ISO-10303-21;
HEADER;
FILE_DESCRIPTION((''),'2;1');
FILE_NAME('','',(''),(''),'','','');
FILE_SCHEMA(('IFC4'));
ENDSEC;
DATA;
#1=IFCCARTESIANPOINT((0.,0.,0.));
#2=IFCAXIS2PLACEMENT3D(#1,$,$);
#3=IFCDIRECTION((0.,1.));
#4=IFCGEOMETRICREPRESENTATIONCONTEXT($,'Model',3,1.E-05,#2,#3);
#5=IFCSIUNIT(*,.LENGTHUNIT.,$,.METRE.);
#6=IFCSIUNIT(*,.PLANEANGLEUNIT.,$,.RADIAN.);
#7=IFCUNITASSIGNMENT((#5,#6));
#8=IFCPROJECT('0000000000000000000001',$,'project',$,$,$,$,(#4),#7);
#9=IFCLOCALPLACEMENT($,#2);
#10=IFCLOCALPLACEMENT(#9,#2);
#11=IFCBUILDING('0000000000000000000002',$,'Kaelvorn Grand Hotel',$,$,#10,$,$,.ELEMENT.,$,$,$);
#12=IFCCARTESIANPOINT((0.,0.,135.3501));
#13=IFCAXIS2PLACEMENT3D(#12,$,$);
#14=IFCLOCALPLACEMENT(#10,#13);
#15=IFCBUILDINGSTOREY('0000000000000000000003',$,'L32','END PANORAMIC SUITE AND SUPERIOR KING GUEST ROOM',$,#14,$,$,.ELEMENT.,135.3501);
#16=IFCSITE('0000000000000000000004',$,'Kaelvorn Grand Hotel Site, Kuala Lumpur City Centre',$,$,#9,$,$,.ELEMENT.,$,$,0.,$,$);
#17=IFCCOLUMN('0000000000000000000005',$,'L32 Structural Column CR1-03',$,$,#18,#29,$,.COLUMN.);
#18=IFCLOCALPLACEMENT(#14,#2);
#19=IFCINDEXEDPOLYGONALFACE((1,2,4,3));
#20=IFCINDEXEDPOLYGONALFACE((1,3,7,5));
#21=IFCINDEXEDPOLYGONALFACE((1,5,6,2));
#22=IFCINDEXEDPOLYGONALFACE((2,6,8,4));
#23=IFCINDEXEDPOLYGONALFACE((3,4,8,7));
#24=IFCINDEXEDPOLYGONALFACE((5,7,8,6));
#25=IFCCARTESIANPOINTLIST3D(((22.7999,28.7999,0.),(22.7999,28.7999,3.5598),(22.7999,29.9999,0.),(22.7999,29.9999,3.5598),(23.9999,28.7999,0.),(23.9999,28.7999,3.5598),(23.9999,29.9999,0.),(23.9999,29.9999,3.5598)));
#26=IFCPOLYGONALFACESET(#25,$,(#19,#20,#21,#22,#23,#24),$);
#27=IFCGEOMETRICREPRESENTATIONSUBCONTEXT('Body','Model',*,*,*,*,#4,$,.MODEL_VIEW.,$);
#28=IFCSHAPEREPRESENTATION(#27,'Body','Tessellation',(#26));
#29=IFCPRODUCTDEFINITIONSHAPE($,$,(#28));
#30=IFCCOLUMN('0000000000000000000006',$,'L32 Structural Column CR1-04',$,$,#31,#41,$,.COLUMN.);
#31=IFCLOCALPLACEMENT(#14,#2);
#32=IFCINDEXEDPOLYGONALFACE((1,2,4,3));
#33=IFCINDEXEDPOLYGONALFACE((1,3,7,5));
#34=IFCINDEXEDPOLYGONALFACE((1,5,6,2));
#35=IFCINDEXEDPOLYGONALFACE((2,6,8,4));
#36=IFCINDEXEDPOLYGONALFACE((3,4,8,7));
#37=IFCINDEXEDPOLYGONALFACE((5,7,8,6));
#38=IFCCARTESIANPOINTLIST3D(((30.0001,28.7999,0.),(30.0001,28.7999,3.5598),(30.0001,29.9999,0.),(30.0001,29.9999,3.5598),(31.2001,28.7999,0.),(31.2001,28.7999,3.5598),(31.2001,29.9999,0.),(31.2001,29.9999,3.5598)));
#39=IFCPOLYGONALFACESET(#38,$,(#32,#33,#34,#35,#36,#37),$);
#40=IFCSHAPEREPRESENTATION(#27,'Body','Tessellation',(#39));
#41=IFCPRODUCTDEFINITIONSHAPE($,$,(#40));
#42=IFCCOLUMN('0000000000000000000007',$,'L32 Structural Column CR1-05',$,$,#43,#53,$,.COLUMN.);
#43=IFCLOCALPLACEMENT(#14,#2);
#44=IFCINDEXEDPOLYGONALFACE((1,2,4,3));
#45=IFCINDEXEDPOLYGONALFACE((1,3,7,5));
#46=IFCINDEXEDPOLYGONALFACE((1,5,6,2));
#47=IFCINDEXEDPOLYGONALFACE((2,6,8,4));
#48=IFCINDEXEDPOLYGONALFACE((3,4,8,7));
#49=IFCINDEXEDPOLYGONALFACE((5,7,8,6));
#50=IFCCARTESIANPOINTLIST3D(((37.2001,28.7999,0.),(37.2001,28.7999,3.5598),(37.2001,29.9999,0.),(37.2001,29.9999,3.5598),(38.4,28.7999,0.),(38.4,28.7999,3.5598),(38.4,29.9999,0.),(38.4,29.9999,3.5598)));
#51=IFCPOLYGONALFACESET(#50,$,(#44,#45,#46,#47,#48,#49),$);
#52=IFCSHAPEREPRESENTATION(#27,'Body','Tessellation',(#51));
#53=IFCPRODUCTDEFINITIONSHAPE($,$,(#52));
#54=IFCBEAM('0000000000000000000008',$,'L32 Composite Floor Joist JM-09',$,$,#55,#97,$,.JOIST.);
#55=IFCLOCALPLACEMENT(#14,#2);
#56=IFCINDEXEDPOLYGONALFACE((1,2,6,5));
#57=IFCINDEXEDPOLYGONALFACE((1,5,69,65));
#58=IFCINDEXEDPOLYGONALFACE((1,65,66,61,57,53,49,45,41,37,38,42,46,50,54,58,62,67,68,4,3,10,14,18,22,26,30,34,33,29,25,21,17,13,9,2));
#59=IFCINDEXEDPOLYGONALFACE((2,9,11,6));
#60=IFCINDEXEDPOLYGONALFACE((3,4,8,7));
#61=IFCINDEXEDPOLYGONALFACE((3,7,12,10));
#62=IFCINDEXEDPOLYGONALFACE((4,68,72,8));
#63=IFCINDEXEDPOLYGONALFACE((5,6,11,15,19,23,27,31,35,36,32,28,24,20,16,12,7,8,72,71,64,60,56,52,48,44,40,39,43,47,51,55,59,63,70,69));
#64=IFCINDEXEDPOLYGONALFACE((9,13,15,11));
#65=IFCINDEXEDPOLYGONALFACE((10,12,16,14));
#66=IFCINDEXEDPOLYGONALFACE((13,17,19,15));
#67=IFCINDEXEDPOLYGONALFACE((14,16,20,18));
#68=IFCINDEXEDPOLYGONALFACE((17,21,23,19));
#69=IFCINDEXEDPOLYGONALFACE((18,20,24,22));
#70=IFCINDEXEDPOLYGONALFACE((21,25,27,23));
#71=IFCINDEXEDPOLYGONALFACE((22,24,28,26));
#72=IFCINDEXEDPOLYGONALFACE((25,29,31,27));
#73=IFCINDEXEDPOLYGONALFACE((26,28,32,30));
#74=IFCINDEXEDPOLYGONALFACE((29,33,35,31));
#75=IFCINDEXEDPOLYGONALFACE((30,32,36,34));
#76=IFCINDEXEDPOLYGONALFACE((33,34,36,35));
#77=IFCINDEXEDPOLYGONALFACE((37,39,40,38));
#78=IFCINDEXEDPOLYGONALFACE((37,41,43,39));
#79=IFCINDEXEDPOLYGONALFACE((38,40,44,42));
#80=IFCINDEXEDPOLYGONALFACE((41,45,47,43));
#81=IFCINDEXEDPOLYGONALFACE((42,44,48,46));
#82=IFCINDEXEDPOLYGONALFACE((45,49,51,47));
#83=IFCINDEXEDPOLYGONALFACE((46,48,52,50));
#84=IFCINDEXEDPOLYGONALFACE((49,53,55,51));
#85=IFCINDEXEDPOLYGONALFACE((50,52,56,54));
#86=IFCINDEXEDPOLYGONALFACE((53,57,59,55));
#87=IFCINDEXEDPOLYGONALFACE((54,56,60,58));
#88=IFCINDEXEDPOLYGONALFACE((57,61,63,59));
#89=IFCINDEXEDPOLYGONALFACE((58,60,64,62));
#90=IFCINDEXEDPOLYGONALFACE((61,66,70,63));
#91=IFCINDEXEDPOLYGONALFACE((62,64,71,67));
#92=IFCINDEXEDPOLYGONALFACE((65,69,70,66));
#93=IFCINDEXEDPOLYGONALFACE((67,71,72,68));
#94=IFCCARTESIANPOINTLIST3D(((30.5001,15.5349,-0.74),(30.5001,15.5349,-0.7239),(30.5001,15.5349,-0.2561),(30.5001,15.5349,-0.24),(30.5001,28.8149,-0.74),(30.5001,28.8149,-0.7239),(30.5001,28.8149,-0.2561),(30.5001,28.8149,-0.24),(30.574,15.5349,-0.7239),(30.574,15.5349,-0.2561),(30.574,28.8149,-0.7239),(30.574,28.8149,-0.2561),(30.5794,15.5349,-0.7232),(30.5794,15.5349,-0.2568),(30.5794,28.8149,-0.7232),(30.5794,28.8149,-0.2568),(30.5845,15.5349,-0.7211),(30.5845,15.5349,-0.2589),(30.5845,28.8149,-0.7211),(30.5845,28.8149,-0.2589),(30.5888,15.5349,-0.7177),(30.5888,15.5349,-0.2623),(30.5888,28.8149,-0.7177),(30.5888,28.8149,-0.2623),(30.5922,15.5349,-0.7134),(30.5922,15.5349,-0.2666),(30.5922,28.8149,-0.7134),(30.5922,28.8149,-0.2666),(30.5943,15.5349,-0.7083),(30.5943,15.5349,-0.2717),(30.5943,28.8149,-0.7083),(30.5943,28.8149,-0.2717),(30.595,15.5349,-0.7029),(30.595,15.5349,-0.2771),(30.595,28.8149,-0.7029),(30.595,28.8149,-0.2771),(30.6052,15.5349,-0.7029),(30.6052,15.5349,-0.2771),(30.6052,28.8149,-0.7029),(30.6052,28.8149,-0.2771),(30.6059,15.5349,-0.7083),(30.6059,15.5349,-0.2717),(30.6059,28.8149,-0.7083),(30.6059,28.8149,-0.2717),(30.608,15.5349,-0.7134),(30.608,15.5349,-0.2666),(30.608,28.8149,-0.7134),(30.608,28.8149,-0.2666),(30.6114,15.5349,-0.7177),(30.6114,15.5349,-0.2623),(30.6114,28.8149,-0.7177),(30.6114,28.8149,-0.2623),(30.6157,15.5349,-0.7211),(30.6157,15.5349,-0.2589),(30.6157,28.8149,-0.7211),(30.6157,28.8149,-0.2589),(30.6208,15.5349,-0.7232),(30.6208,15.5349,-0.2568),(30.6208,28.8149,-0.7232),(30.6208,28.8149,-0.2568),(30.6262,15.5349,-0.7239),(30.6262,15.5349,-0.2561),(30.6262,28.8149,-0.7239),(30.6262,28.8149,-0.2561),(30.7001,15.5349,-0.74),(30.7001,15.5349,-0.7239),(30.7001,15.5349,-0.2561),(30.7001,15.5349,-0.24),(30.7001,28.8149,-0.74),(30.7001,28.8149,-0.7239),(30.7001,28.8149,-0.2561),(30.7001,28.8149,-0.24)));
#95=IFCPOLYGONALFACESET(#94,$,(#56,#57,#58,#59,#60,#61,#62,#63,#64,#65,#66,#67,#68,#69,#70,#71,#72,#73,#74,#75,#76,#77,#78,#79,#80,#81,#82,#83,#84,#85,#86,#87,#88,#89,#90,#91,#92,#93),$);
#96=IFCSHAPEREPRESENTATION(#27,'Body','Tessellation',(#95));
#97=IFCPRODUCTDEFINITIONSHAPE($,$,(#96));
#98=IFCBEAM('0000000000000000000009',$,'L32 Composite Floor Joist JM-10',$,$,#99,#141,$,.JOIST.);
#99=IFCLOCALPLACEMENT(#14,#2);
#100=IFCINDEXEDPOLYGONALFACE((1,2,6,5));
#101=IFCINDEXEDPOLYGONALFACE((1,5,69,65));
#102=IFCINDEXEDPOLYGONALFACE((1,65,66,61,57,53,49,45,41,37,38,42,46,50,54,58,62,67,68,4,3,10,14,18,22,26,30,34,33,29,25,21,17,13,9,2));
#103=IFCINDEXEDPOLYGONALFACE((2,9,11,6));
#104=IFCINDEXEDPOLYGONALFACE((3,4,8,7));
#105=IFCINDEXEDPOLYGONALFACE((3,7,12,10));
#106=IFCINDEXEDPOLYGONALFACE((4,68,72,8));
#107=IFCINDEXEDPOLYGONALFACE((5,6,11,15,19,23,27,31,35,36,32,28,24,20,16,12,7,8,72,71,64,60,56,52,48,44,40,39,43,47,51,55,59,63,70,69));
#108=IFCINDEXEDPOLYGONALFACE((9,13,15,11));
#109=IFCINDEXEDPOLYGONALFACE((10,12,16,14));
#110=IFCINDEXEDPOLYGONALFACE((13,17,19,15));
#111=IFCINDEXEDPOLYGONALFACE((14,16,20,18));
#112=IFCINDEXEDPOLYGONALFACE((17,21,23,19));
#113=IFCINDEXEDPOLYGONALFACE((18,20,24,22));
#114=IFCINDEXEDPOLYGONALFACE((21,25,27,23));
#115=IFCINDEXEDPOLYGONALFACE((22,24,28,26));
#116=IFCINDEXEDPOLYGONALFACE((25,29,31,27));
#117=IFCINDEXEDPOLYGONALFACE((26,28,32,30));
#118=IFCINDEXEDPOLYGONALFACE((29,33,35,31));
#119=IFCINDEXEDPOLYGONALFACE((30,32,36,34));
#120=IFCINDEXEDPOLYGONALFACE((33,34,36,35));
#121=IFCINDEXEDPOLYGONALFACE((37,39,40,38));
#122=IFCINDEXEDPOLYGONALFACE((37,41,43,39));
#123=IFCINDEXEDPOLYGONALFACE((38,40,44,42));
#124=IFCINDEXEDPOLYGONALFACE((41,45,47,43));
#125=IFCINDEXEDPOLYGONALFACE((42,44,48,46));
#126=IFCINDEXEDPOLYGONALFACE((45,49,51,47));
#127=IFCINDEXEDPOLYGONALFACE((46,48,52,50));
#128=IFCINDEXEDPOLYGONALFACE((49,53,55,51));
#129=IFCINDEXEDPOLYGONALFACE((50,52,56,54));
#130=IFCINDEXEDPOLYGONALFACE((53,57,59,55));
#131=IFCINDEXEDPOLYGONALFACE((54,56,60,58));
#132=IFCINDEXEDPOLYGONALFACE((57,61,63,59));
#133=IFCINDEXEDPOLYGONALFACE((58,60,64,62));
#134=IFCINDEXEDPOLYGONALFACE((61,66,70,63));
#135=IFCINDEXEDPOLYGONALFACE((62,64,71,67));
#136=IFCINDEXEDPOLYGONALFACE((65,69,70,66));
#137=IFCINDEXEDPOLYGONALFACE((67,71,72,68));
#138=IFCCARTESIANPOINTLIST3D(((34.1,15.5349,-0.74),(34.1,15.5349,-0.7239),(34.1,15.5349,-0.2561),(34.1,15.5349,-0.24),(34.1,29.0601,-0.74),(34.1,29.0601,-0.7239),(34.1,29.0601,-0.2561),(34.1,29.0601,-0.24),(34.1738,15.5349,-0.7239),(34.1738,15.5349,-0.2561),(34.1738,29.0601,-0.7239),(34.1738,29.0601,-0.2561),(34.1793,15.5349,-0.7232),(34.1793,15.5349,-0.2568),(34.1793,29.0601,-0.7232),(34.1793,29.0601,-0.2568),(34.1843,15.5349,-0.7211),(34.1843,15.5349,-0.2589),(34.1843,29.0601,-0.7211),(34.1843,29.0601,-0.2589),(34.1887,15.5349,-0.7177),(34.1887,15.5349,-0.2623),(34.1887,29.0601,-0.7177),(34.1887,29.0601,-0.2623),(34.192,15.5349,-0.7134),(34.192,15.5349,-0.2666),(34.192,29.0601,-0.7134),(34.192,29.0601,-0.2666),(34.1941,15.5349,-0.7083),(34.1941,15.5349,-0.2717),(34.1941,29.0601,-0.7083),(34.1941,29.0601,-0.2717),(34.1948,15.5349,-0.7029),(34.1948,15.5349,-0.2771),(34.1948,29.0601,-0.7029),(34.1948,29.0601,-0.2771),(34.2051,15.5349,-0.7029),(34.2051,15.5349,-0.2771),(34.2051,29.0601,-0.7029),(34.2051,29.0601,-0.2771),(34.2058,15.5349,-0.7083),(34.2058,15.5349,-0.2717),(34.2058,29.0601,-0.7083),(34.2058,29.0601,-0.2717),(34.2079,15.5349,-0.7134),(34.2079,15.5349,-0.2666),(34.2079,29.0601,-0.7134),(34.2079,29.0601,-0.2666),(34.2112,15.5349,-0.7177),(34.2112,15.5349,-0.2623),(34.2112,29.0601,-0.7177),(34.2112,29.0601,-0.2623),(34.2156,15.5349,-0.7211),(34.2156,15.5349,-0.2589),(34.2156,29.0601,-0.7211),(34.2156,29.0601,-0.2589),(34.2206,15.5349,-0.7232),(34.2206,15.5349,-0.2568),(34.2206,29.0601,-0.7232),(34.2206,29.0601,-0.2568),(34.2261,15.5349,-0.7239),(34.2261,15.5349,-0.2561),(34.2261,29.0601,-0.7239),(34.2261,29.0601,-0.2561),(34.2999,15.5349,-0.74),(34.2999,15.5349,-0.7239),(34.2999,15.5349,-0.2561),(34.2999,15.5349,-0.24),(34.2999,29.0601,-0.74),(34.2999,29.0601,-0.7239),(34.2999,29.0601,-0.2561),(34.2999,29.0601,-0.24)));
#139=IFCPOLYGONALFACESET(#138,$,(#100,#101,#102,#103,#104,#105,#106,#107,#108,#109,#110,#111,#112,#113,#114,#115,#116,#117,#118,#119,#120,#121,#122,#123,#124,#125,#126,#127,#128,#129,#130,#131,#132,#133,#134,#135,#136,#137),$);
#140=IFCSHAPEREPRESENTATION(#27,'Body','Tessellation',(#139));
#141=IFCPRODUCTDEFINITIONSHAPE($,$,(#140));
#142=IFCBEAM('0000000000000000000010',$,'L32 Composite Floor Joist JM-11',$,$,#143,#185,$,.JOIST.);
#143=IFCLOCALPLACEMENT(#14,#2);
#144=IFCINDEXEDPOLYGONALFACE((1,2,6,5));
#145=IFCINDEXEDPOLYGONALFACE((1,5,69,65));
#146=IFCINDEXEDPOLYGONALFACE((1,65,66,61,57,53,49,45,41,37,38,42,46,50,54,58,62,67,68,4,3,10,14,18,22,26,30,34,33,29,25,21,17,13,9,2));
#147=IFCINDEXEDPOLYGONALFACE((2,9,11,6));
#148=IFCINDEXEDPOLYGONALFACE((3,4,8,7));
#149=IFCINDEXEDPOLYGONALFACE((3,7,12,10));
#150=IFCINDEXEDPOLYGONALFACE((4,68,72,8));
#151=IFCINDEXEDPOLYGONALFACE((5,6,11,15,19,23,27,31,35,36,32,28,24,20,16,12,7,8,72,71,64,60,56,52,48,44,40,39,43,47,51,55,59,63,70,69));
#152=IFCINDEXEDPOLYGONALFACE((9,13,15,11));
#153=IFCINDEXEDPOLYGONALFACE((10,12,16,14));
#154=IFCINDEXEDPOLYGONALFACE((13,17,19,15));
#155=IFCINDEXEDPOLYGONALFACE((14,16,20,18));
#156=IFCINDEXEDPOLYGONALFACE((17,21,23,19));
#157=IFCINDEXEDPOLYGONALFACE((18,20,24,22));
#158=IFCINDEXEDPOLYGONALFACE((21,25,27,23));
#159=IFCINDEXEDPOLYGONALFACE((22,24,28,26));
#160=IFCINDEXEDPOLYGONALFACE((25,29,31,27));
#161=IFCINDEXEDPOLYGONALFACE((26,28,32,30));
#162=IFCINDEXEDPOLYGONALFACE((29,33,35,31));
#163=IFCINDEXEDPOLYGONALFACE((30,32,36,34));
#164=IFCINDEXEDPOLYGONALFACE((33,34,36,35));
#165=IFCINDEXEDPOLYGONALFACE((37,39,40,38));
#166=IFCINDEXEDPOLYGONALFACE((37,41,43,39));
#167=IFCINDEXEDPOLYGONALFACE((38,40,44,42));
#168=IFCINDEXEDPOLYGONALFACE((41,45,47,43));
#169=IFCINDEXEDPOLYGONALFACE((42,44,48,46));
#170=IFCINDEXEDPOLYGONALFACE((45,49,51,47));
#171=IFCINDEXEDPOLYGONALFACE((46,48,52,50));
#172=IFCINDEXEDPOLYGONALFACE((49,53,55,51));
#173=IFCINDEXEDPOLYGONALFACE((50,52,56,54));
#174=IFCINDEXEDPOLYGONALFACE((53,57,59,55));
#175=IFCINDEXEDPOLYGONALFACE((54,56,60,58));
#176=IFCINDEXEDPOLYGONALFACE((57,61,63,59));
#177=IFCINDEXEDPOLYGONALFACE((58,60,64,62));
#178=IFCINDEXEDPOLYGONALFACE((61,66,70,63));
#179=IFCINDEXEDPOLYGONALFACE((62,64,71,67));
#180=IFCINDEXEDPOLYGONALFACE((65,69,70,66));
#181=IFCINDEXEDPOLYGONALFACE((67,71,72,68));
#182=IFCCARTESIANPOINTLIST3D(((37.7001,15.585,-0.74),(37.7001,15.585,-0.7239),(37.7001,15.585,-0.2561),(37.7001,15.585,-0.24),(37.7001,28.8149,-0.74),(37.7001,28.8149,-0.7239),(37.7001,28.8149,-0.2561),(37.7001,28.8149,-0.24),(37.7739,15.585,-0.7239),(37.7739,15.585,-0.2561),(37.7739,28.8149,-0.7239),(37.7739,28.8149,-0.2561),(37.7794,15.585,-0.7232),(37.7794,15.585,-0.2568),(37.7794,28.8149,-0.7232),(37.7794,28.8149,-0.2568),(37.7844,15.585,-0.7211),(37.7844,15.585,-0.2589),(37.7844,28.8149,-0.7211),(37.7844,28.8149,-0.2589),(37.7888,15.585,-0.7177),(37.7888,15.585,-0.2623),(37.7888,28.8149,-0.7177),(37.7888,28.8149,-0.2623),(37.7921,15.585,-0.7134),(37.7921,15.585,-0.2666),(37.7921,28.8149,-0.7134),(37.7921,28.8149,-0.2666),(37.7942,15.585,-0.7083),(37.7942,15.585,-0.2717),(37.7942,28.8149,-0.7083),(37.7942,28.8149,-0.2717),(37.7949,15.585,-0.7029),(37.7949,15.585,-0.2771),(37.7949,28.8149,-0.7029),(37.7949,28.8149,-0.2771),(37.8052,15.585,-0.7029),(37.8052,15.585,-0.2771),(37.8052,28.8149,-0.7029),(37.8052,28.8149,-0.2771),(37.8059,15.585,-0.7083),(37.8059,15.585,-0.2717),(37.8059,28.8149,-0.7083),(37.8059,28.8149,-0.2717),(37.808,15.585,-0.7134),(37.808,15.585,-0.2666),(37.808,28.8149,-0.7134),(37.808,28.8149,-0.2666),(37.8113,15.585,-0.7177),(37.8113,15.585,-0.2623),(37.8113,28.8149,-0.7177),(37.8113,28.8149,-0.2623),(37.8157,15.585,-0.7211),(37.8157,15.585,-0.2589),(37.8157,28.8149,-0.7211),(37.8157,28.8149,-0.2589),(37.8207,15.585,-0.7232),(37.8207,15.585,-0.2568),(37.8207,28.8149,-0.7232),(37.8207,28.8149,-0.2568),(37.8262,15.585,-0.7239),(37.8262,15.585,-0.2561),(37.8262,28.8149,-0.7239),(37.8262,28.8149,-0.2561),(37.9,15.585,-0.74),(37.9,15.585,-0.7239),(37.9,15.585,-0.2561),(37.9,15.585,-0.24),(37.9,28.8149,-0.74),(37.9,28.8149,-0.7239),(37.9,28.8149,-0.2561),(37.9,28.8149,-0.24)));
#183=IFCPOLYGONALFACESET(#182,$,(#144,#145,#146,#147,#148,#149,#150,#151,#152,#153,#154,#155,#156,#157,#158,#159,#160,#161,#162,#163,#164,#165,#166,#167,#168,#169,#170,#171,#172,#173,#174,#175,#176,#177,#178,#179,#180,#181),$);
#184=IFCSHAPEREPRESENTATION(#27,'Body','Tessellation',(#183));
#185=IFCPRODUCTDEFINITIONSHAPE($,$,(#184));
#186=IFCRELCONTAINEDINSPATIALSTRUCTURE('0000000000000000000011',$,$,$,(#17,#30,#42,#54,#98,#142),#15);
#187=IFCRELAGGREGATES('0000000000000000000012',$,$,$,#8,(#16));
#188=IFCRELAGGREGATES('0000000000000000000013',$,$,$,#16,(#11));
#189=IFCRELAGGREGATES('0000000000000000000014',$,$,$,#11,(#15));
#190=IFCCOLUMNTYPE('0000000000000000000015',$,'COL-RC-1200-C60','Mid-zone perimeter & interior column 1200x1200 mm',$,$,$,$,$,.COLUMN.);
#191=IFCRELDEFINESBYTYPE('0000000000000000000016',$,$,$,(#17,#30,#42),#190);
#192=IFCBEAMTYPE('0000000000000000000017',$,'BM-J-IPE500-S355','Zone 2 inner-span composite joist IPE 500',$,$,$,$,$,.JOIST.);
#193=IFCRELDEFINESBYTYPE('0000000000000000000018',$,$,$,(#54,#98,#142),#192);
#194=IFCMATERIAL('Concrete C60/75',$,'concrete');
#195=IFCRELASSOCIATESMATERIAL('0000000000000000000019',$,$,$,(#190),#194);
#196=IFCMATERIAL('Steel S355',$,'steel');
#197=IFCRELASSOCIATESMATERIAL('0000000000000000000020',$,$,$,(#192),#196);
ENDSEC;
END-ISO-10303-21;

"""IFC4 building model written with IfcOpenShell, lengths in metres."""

from ifc_helpers import new_model, si_unit, direction, frame, origin, origin_2d, place, context, subcontext, project, spatial, rectangle, i_section, extrude, material, material_profile, profile_set, type_object, element, save


model = new_model("IFC4")

# Units and contexts
model_context = context("Model", 3, precision=1e-05, world=origin(), true_north=direction((0.0, 1.0)))
body_context = subcontext(model_context, "Body", "Model", "MODEL_VIEW")
ifc_project = project(units=[si_unit("LENGTHUNIT", "METRE"), si_unit("PLANEANGLEUNIT", "RADIAN")], contexts=[model_context])

# Site, building, storey
site_placement = place(None, origin())
site = spatial("IfcSite", under=ifc_project, at=site_placement, Name="Kaelvorn Grand Hotel Site, Kuala Lumpur City Centre", CompositionType="ELEMENT", RefElevation=0.0)
building_placement = place(site_placement, origin())
building = spatial("IfcBuilding", under=site, at=building_placement, Name="Kaelvorn Grand Hotel", CompositionType="ELEMENT")
storey_placement = place(building_placement, frame((0.0, 0.0, 135.3501)))
storey = spatial("IfcBuildingStorey", under=building, at=storey_placement, Name="L32", Description="END PANORAMIC SUITE AND SUPERIOR KING GUEST ROOM", CompositionType="ELEMENT", Elevation=135.3501)

# Columns
ifc_material_1 = material(Name="Concrete C60/75", Category="concrete")
ifc_material_profile_1 = material_profile(ifc_material_1, rectangle(XDim=1.2, YDim=1.2, at=origin_2d()), Name="RC COL 1200x1200")
ifc_profile_set_1 = profile_set([ifc_material_profile_1], Name="Concrete C60/75")
column_type = type_object("IfcColumnType", Name="COL-RC-1200-C60", Description="Mid-zone perimeter & interior column 1200x1200 mm", PredefinedType="COLUMN", material=ifc_profile_set_1)
for number, where, z_axis, x_axis, name in (
    (1, (23.3999, 29.3999, 0.0), (0.0, 0.0, 1.0), (1.0, 0.0, 0.0), "L32 Structural Column CR1-03"),
    (2, (30.6001, 29.3999, 0.0), (0.0, 0.0, 1.0), (1.0, 0.0, 0.0), "L32 Structural Column CR1-04"),
    (3, (37.8, 29.3999, 0.0), (0.0, 0.0, 1.0), (1.0, 0.0, 0.0), "L32 Structural Column CR1-05"),
):
    element("IfcColumn", number, at=place(storey_placement, frame(where, z_axis=z_axis, x_axis=x_axis)), inside=storey, type_object=column_type, Name=name, PredefinedType="COLUMN", context=body_context, shape_type="SweptSolid", body=[
        extrude(rectangle(XDim=1.2, YDim=1.2, at=origin_2d()), origin(), (0.0, 0.0, 1.0), 3.5598),
    ])

# Beams
ifc_material_2 = material(Name="Steel S355", Category="steel")
ifc_material_profile_2 = material_profile(ifc_material_2, i_section(OverallWidth=0.2, OverallDepth=0.5, WebThickness=0.0103, FlangeThickness=0.0161, FilletRadius=0.021, at=origin_2d()), Name="IPE 500")
ifc_profile_set_2 = profile_set([ifc_material_profile_2], Name="Steel S355")
beam_type_1 = type_object("IfcBeamType", Name="BM-J-IPE500-S355", Description="Zone 2 inner-span composite joist IPE 500", PredefinedType="JOIST", material=ifc_profile_set_2)
beam_1_placement = place(storey_placement, frame((30.6001, 15.5349, -0.49), z_axis=(0.0, 1.0, 0.0), x_axis=(-1.0, 0.0, 0.0)))
element("IfcBeam", 4, at=beam_1_placement, inside=storey, type_object=beam_type_1, Name="L32 Composite Floor Joist JM-09", PredefinedType="JOIST", context=body_context, shape_type="SweptSolid", body=[
    extrude(i_section(OverallWidth=0.2, OverallDepth=0.5, WebThickness=0.0103, FlangeThickness=0.0161, FilletRadius=0.021, at=origin_2d()), origin(), (0.0, 0.0, 1.0), 13.28),
])
beam_2_placement = place(storey_placement, frame((34.2, 15.5349, -0.49), z_axis=(0.0, 1.0, 0.0), x_axis=(-1.0, 0.0, 0.0)))
element("IfcBeam", 5, at=beam_2_placement, inside=storey, type_object=beam_type_1, Name="L32 Composite Floor Joist JM-10", PredefinedType="JOIST", context=body_context, shape_type="SweptSolid", body=[
    extrude(i_section(OverallWidth=0.2, OverallDepth=0.5, WebThickness=0.0103, FlangeThickness=0.0161, FilletRadius=0.021, at=origin_2d()), origin(), (0.0, 0.0, 1.0), 13.5251),
])
beam_3_placement = place(storey_placement, frame((37.8, 15.585, -0.49), z_axis=(0.0, 1.0, 0.0), x_axis=(-1.0, 0.0, 0.0)))
element("IfcBeam", 6, at=beam_3_placement, inside=storey, type_object=beam_type_1, Name="L32 Composite Floor Joist JM-11", PredefinedType="JOIST", context=body_context, shape_type="SweptSolid", body=[
    extrude(i_section(OverallWidth=0.2, OverallDepth=0.5, WebThickness=0.0103, FlangeThickness=0.0161, FilletRadius=0.021, at=origin_2d()), origin(), (0.0, 0.0, 1.0), 13.23),
])

save(model, "model.ifc")
